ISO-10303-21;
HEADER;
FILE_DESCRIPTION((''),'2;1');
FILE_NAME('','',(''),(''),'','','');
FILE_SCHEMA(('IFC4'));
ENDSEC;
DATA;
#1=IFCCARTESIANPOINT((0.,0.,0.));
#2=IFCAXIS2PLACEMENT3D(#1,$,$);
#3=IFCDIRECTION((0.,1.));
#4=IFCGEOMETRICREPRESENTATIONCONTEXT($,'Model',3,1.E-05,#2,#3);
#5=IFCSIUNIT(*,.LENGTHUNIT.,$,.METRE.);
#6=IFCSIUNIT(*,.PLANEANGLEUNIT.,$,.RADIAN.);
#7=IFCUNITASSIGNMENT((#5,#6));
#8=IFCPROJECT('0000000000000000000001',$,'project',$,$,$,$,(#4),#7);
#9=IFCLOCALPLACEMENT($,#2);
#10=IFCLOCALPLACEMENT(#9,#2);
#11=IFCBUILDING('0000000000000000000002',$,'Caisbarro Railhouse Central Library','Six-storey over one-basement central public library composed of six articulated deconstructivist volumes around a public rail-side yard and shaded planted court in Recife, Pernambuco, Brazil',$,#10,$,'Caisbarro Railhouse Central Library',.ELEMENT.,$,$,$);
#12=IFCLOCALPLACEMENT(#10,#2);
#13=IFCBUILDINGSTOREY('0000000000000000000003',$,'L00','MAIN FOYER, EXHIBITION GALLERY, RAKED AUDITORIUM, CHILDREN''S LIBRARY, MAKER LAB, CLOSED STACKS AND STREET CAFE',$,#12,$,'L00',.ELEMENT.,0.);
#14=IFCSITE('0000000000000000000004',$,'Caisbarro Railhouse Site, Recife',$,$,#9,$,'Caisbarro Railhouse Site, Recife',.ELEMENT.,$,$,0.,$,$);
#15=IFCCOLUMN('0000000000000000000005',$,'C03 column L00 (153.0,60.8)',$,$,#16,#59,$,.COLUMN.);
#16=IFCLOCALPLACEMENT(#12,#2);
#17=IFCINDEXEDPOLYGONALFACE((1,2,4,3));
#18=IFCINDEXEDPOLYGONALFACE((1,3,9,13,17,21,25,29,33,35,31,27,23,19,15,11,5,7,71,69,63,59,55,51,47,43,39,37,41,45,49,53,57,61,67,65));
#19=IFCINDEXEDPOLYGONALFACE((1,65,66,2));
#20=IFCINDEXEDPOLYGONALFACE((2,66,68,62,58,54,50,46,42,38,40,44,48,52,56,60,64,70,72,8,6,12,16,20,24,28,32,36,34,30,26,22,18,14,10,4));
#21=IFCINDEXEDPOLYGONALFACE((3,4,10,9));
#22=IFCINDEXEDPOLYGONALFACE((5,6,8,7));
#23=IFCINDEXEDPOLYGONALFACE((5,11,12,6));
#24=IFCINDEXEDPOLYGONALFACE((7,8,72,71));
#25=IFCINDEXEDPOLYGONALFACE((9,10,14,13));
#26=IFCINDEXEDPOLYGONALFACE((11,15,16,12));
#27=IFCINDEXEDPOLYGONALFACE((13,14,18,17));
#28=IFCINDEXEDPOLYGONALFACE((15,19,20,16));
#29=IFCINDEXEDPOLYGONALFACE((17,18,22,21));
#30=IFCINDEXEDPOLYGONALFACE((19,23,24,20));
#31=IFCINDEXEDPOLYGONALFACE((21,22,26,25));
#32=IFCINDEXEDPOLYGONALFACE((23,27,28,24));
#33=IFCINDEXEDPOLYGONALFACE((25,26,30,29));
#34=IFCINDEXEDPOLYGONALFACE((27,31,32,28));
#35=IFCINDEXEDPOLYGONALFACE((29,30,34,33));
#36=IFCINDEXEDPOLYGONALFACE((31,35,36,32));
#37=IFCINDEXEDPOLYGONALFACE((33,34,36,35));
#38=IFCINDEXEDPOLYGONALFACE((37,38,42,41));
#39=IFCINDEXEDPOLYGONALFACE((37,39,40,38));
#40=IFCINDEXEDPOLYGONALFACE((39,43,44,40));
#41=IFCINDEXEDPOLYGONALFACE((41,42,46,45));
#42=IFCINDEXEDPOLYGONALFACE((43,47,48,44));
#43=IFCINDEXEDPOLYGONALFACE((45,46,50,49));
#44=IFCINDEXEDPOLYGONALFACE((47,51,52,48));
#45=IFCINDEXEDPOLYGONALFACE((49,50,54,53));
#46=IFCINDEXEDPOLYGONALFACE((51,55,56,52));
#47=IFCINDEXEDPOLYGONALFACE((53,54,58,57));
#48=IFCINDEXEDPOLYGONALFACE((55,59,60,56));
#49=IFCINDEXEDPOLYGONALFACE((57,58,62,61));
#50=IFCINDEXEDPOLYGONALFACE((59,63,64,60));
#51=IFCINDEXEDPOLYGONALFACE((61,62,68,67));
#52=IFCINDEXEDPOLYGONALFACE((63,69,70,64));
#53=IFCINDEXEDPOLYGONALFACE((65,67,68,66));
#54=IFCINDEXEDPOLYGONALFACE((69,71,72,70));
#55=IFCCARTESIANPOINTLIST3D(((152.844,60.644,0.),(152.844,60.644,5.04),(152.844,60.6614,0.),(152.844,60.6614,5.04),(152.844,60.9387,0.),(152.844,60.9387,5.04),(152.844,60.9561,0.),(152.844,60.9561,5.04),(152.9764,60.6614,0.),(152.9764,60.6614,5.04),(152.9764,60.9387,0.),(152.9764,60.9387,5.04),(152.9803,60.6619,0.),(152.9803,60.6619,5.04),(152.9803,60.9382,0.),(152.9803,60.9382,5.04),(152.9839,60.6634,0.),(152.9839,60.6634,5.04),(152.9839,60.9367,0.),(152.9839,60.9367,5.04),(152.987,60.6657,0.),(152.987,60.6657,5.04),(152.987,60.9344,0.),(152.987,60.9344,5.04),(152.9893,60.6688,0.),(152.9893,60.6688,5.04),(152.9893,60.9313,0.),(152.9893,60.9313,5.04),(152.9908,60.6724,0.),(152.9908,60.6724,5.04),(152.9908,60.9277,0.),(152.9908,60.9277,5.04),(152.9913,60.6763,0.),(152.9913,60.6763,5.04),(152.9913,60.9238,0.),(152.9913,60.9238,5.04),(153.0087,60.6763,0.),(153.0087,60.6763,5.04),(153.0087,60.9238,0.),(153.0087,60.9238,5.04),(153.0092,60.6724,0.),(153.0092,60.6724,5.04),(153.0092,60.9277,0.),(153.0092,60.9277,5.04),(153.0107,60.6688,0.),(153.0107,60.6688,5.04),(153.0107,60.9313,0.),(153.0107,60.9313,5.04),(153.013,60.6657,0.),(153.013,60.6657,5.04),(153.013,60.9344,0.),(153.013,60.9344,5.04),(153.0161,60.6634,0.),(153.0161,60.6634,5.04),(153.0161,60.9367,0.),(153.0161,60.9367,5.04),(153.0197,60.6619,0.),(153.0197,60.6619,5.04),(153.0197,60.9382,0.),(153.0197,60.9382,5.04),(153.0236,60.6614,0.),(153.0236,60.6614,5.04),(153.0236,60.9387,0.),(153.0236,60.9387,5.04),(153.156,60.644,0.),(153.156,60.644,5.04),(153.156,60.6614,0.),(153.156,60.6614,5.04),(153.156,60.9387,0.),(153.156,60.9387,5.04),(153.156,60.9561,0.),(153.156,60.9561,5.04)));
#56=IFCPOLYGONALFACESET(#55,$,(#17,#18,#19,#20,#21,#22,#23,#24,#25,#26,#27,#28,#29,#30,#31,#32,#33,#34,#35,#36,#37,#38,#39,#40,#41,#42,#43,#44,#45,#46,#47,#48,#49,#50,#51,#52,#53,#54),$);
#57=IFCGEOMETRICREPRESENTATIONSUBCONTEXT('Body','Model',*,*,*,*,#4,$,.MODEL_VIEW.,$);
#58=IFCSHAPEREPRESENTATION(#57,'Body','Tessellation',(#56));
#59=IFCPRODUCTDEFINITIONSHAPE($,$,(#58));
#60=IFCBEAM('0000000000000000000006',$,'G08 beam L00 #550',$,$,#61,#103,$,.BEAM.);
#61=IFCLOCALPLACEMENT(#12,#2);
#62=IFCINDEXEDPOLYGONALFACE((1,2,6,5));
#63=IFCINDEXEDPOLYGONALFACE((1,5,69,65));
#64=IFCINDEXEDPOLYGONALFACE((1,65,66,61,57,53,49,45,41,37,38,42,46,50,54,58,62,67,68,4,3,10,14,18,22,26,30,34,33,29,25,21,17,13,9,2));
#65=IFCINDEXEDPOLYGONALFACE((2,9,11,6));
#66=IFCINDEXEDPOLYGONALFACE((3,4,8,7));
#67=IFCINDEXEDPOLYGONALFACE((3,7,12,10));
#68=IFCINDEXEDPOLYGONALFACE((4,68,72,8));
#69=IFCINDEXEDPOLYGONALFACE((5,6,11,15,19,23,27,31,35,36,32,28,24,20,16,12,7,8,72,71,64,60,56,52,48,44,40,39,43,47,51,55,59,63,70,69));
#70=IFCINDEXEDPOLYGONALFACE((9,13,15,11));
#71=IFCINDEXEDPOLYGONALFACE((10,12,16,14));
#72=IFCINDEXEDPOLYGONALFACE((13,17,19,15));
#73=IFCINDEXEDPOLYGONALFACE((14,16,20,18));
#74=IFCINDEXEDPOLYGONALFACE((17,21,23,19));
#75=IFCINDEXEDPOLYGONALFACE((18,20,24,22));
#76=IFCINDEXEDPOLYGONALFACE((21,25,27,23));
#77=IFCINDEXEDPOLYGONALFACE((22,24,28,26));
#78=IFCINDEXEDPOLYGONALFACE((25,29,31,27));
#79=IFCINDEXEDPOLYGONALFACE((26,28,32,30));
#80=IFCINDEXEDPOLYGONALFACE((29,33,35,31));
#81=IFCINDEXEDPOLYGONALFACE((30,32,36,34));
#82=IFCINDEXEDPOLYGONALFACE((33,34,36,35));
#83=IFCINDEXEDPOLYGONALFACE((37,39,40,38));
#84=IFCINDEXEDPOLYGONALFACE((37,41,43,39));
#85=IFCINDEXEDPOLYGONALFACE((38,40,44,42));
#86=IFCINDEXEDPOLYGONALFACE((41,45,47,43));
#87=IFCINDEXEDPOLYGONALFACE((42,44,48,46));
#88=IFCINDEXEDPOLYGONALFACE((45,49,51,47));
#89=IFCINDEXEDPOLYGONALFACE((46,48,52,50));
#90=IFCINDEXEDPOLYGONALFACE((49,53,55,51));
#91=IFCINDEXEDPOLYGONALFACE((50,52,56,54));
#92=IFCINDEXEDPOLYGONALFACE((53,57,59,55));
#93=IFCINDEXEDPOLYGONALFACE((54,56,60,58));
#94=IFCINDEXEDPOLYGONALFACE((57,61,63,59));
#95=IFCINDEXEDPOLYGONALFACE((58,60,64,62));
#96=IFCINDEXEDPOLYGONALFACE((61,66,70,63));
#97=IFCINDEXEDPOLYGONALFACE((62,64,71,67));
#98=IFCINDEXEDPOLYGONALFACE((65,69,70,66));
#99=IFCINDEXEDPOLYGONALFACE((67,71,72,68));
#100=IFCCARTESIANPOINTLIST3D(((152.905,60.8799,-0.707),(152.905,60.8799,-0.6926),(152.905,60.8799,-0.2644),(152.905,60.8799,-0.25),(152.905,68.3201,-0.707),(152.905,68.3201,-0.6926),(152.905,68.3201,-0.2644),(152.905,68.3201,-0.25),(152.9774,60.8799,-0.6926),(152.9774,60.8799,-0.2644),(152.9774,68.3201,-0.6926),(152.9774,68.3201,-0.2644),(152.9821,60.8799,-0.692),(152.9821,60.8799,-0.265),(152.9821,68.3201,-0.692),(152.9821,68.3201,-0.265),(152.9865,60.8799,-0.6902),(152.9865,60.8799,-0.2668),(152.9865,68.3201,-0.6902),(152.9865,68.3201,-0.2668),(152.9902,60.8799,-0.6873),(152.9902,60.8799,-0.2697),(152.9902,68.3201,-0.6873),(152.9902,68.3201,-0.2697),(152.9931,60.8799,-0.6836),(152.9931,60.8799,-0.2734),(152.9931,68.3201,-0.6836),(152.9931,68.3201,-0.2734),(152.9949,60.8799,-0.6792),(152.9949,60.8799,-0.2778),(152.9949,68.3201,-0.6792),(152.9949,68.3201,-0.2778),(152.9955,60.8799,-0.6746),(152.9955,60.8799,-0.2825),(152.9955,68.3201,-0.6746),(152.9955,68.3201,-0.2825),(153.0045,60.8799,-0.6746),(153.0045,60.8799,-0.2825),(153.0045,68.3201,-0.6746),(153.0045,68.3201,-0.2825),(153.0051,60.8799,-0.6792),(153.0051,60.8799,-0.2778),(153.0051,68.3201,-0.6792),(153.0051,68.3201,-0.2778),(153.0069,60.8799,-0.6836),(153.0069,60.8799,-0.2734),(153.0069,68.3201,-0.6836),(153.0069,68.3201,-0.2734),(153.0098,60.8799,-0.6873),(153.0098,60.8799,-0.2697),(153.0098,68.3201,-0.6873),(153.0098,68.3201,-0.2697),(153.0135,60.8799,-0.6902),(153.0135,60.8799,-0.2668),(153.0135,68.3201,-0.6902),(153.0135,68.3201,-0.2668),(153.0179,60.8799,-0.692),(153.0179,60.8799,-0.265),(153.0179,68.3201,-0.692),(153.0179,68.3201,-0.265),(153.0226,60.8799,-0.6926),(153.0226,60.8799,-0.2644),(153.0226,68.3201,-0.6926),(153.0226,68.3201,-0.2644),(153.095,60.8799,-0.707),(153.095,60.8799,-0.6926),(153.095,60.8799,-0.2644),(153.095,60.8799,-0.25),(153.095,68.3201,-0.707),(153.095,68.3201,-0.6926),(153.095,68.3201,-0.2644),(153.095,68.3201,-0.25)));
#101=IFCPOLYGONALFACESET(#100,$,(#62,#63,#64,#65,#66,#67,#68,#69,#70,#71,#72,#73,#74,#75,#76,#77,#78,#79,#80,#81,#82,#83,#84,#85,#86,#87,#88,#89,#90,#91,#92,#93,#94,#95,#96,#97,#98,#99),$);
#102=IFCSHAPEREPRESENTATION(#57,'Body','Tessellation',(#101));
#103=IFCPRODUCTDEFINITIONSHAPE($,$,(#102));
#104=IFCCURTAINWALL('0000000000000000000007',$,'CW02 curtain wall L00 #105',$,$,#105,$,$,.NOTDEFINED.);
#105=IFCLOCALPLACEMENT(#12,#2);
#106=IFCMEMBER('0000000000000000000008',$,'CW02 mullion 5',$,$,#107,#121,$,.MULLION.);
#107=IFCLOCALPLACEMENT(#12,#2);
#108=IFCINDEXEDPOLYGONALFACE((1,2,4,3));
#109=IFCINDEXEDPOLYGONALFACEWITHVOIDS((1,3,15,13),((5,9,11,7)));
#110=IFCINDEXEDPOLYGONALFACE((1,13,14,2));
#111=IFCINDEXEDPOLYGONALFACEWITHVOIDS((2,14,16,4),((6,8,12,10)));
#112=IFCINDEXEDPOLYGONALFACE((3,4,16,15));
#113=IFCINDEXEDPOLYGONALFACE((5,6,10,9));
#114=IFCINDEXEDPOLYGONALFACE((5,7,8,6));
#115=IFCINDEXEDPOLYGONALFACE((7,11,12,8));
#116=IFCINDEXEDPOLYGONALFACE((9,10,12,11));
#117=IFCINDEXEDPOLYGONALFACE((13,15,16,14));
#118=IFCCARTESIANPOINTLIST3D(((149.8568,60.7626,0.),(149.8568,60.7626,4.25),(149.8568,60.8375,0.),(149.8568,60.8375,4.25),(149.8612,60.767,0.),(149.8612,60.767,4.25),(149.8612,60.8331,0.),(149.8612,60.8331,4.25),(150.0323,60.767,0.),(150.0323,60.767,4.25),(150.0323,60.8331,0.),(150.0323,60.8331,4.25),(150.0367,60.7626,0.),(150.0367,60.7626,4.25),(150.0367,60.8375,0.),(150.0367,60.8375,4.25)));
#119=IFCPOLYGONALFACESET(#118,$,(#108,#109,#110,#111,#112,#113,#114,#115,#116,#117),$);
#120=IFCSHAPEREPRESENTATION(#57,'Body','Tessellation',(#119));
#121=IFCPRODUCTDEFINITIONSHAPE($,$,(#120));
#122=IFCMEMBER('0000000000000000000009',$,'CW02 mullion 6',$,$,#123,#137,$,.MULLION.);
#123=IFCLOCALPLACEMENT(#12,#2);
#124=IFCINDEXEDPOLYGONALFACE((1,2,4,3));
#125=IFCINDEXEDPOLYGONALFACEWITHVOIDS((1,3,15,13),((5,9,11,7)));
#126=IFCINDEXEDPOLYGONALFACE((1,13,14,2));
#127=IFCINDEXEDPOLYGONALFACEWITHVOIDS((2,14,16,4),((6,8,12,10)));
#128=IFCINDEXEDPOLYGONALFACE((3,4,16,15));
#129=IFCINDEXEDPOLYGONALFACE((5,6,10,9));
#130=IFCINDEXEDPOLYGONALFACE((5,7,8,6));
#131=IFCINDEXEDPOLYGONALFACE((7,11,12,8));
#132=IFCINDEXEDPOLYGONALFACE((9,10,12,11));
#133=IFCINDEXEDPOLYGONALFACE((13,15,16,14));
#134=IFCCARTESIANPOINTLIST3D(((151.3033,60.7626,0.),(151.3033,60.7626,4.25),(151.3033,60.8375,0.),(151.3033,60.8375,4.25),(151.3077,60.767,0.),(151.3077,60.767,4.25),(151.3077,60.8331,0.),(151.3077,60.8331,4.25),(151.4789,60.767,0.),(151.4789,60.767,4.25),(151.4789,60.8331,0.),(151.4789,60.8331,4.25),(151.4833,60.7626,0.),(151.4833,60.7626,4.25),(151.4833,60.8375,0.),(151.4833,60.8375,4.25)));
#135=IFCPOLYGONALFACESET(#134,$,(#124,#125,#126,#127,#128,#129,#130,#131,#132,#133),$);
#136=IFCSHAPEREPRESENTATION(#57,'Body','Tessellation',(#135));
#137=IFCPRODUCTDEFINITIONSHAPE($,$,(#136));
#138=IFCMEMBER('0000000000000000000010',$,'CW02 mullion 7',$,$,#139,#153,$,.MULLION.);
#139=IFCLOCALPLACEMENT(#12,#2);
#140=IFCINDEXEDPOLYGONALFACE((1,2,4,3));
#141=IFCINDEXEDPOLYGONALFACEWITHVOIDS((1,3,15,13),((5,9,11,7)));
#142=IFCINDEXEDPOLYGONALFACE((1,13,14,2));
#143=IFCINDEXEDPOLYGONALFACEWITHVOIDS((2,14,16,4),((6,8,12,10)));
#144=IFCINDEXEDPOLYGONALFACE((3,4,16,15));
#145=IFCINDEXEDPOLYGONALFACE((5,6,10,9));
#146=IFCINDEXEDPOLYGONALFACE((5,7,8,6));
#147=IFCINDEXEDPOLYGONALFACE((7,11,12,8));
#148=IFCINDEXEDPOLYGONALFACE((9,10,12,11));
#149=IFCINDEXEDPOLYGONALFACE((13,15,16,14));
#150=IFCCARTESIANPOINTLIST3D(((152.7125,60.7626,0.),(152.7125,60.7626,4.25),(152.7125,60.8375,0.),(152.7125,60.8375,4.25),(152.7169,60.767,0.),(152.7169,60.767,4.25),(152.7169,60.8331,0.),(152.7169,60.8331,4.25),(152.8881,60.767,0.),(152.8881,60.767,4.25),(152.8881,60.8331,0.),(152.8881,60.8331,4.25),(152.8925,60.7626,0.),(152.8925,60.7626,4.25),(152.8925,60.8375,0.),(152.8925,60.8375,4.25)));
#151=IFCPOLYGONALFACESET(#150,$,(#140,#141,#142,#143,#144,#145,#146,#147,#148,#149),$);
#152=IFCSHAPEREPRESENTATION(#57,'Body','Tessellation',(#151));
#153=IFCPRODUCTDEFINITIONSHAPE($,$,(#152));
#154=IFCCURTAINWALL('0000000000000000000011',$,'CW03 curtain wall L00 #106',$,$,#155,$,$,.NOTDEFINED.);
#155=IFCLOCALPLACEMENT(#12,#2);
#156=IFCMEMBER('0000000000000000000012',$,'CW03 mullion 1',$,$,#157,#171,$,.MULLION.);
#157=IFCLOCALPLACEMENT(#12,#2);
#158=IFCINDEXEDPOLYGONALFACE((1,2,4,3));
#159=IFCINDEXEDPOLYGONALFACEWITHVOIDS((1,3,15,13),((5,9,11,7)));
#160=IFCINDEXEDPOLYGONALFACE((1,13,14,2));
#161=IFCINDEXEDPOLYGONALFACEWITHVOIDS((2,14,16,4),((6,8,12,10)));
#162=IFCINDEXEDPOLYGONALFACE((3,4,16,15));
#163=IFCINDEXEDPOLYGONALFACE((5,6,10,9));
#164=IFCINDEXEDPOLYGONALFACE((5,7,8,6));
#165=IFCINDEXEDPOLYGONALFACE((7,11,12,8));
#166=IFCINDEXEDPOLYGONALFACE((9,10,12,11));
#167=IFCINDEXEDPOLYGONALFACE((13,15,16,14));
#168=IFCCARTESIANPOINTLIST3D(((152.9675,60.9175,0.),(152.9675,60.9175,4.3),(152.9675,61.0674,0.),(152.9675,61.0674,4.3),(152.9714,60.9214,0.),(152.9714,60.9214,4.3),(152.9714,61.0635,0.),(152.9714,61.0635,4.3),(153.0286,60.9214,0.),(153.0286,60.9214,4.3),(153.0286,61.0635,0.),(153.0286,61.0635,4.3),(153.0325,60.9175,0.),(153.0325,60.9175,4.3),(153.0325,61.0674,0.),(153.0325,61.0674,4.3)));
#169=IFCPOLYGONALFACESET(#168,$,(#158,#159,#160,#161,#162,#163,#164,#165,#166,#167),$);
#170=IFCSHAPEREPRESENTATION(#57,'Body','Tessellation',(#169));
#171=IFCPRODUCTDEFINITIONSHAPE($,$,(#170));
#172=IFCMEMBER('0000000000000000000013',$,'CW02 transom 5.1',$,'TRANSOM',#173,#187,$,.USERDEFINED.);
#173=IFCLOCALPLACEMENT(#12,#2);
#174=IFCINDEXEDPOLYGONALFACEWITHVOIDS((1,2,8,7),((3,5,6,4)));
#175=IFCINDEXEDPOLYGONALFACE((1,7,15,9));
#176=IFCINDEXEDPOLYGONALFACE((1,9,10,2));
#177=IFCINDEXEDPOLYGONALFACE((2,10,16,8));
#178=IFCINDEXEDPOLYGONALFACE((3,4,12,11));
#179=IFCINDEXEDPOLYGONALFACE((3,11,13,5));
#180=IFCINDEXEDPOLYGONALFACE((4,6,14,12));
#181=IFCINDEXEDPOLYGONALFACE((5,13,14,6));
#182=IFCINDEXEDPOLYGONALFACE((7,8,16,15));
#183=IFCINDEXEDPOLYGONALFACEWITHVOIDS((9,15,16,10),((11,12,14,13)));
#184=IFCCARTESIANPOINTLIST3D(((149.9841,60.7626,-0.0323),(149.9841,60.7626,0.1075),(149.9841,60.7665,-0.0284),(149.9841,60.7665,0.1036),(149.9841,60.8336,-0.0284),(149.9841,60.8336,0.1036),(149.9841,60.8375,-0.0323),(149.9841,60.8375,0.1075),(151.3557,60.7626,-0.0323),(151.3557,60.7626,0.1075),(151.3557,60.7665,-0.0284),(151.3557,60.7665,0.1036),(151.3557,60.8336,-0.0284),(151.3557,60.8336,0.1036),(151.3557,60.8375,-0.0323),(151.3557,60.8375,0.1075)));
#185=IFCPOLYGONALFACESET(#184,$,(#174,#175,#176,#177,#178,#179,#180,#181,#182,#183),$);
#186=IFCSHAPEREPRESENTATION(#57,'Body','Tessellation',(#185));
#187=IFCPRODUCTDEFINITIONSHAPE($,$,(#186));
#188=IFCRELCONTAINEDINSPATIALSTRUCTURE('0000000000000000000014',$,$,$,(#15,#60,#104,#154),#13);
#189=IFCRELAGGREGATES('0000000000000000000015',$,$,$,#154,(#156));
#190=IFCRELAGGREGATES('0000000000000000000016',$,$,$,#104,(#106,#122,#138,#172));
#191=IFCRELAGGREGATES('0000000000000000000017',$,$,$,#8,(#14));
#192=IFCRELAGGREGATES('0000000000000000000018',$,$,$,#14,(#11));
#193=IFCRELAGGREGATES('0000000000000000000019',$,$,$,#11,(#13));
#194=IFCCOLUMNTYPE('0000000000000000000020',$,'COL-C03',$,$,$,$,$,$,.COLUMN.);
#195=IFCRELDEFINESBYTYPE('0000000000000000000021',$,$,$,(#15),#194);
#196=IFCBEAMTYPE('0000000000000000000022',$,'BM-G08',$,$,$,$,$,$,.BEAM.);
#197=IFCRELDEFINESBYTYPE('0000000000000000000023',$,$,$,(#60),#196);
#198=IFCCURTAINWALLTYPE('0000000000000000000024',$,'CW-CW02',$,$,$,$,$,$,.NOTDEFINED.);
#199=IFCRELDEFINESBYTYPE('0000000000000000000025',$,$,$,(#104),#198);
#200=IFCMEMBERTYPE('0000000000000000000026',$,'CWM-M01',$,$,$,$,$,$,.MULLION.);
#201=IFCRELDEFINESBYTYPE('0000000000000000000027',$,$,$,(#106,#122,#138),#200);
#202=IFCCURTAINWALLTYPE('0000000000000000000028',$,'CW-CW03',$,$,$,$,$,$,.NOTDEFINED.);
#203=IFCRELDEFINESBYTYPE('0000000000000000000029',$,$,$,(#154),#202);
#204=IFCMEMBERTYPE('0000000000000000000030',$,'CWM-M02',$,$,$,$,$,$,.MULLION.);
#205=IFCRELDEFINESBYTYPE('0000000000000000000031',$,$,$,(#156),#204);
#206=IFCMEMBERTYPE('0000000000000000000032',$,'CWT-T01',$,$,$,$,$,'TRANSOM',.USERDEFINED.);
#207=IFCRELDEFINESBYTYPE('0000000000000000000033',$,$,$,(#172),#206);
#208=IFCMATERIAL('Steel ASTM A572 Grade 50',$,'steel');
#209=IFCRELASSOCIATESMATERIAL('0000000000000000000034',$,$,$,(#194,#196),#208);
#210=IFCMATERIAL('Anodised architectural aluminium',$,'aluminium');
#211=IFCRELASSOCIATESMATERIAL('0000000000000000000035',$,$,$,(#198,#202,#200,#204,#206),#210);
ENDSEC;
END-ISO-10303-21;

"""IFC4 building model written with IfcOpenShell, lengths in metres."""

from ifc_helpers import new_model, si_unit, direction, frame, origin, origin_2d, place, context, subcontext, project, spatial, hollow_rectangle, i_section, extrude, material, material_profile, profile_set, type_object, element, aggregate, save


model = new_model("IFC4")

# Units and contexts
model_context = context("Model", 3, precision=1e-05, world=origin(), true_north=direction((0.0, 1.0)))
body_context = subcontext(model_context, "Body", "Model", "MODEL_VIEW")
ifc_project = project(units=[si_unit("LENGTHUNIT", "METRE"), si_unit("PLANEANGLEUNIT", "RADIAN")], contexts=[model_context])

# Site, building, storey
site_placement = place(None, origin())
site = spatial("IfcSite", under=ifc_project, at=site_placement, Name="Caisbarro Railhouse Site, Recife", LongName="Caisbarro Railhouse Site, Recife", CompositionType="ELEMENT", RefElevation=0.0)
building_placement = place(site_placement, origin())
building = spatial("IfcBuilding", under=site, at=building_placement, Name="Caisbarro Railhouse Central Library", Description="Six-storey over one-basement central public library composed of six articulated deconstructivist volumes around a public rail-side yard and shaded planted court in Recife, Pernambuco, Brazil", LongName="Caisbarro Railhouse Central Library", CompositionType="ELEMENT")
storey_placement = place(building_placement, origin())
storey = spatial("IfcBuildingStorey", under=building, at=storey_placement, Name="L00", Description="MAIN FOYER, EXHIBITION GALLERY, RAKED AUDITORIUM, CHILDREN'S LIBRARY, MAKER LAB, CLOSED STACKS AND STREET CAFE", LongName="L00", CompositionType="ELEMENT", Elevation=0.0)

# Column
ifc_material_1 = material(Name="Steel ASTM A572 Grade 50", Category="steel")
ifc_material_profile_1 = material_profile(ifc_material_1, i_section(OverallWidth=0.312, OverallDepth=0.312, WebThickness=0.0173, FlangeThickness=0.0173, FilletRadius=0.0149, at=origin_2d()), Name="HP310X125.0")
ifc_profile_set_1 = profile_set([ifc_material_profile_1], Name="Steel ASTM A572 Grade 50")
column_type = type_object("IfcColumnType", Name="COL-C03", PredefinedType="COLUMN", material=ifc_profile_set_1)
column_placement = place(storey_placement, frame((153.0, 60.8, 0.0), z_axis=(0.0, 0.0, 1.0), x_axis=(1.0, 0.0, 0.0)))
element("IfcColumn", 1, at=column_placement, inside=storey, type_object=column_type, Name="C03 column L00 (153.0,60.8)", PredefinedType="COLUMN", context=body_context, shape_type="SweptSolid", body=[
    extrude(i_section(OverallWidth=0.312, OverallDepth=0.312, WebThickness=0.0173, FlangeThickness=0.0173, FilletRadius=0.0149, at=origin_2d()), origin(), (0.0, 0.0, 1.0), 5.04),
])

# Beam
ifc_material_profile_2 = material_profile(ifc_material_1, i_section(OverallWidth=0.1899, OverallDepth=0.457, WebThickness=0.009, FlangeThickness=0.0144, FilletRadius=0.0181, at=origin_2d()), Name="W460X74.0")
ifc_profile_set_2 = profile_set([ifc_material_profile_2], Name="Steel ASTM A572 Grade 50")
beam_type = type_object("IfcBeamType", Name="BM-G08", PredefinedType="BEAM", material=ifc_profile_set_2)
beam_placement = place(storey_placement, frame((153.0, 60.8799, -0.4785), z_axis=(0.0, 1.0, 0.0), x_axis=(-1.0, 0.0, 0.0)))
element("IfcBeam", 2, at=beam_placement, inside=storey, type_object=beam_type, Name="G08 beam L00 #550", PredefinedType="BEAM", context=body_context, shape_type="SweptSolid", body=[
    extrude(i_section(OverallWidth=0.1899, OverallDepth=0.457, WebThickness=0.009, FlangeThickness=0.0144, FilletRadius=0.0181, at=origin_2d()), origin(), (0.0, 0.0, 1.0), 7.4402),
])

# Curtain wall, members
ifc_material_2 = material(Name="Anodised architectural aluminium", Category="aluminium")
curtain_wall_type_1 = type_object("IfcCurtainWallType", Name="CW-CW02", PredefinedType="NOTDEFINED", material=ifc_material_2)
curtain_wall_1_placement = place(storey_placement, origin())
curtain_wall_1 = element("IfcCurtainWall", 3, at=curtain_wall_1_placement, inside=storey, type_object=curtain_wall_type_1, Name="CW02 curtain wall L00 #105", PredefinedType="NOTDEFINED")
ifc_material_profile_3 = material_profile(ifc_material_2, hollow_rectangle(XDim=0.075, YDim=0.1799, WallThickness=0.0044, at=origin_2d()), Name="ALU-MUL-75X180")
ifc_profile_set_3 = profile_set([ifc_material_profile_3], Name="Anodised architectural aluminium")
member_type_1 = type_object("IfcMemberType", Name="CWM-M01", PredefinedType="MULLION", material=ifc_profile_set_3)
member_1_placement = place(storey_placement, frame((149.9468, 60.8, 0.0), z_axis=(0.0, 0.0, 1.0), x_axis=(0.0, 1.0, 0.0)))
member_1 = element("IfcMember", 4, at=member_1_placement, type_object=member_type_1, Name="CW02 mullion 5", PredefinedType="MULLION", context=body_context, shape_type="SweptSolid", body=[
    extrude(hollow_rectangle(XDim=0.075, YDim=0.1799, WallThickness=0.0044, at=origin_2d()), origin(), (0.0, 0.0, 1.0), 4.25),
])
member_2_placement = place(storey_placement, frame((151.3933, 60.8, 0.0), z_axis=(0.0, 0.0, 1.0), x_axis=(0.0, 1.0, 0.0)))
member_2 = element("IfcMember", 5, at=member_2_placement, type_object=member_type_1, Name="CW02 mullion 6", PredefinedType="MULLION", context=body_context, shape_type="SweptSolid", body=[
    extrude(hollow_rectangle(XDim=0.075, YDim=0.1799, WallThickness=0.0044, at=origin_2d()), origin(), (0.0, 0.0, 1.0), 4.25),
])
member_3_placement = place(storey_placement, frame((152.8025, 60.8, 0.0), z_axis=(0.0, 0.0, 1.0), x_axis=(0.0, 1.0, 0.0)))
member_3 = element("IfcMember", 6, at=member_3_placement, type_object=member_type_1, Name="CW02 mullion 7", PredefinedType="MULLION", context=body_context, shape_type="SweptSolid", body=[
    extrude(hollow_rectangle(XDim=0.075, YDim=0.1799, WallThickness=0.0044, at=origin_2d()), origin(), (0.0, 0.0, 1.0), 4.25),
])

# Curtain wall, member
curtain_wall_type_2 = type_object("IfcCurtainWallType", Name="CW-CW03", PredefinedType="NOTDEFINED", material=ifc_material_2)
curtain_wall_2_placement = place(storey_placement, origin())
curtain_wall_2 = element("IfcCurtainWall", 7, at=curtain_wall_2_placement, inside=storey, type_object=curtain_wall_type_2, Name="CW03 curtain wall L00 #106", PredefinedType="NOTDEFINED")
ifc_material_profile_4 = material_profile(ifc_material_2, hollow_rectangle(XDim=0.0649, YDim=0.1499, WallThickness=0.0039, at=origin_2d()), Name="ALU-MUL-65X150")
ifc_profile_set_4 = profile_set([ifc_material_profile_4], Name="Anodised architectural aluminium")
member_type_2 = type_object("IfcMemberType", Name="CWM-M02", PredefinedType="MULLION", material=ifc_profile_set_4)
member_4_placement = place(storey_placement, frame((153.0, 60.9924, 0.0), z_axis=(0.0, 0.0, 1.0), x_axis=(-1.0, 0.0, 0.0)))
member_4 = element("IfcMember", 8, at=member_4_placement, type_object=member_type_2, Name="CW03 mullion 1", PredefinedType="MULLION", context=body_context, shape_type="SweptSolid", body=[
    extrude(hollow_rectangle(XDim=0.0649, YDim=0.1499, WallThickness=0.0039, at=origin_2d()), origin(), (0.0, 0.0, 1.0), 4.3),
])

# Member
ifc_material_profile_5 = material_profile(ifc_material_2, hollow_rectangle(XDim=0.075, YDim=0.1399, WallThickness=0.0039, at=origin_2d()), Name="ALU-TRN-75X140")
ifc_profile_set_5 = profile_set([ifc_material_profile_5], Name="Anodised architectural aluminium")
member_type_3 = type_object("IfcMemberType", Name="CWT-T01", ElementType="TRANSOM", PredefinedType="USERDEFINED", material=ifc_profile_set_5)
member_5_placement = place(storey_placement, frame((149.9841, 60.8, 0.0376), z_axis=(1.0, 0.0, 0.0), x_axis=(0.0, 1.0, 0.0)))
member_5 = element("IfcMember", 9, at=member_5_placement, type_object=member_type_3, Name="CW02 transom 5.1", ObjectType="TRANSOM", PredefinedType="USERDEFINED", context=body_context, shape_type="SweptSolid", body=[
    extrude(hollow_rectangle(XDim=0.075, YDim=0.1399, WallThickness=0.0039, at=origin_2d()), origin(), (0.0, 0.0, 1.0), 1.3716),
])
aggregate(curtain_wall_2, [member_4])

aggregate(curtain_wall_1, [member_1, member_2, member_3, member_5])

save(model, "model.ifc")
